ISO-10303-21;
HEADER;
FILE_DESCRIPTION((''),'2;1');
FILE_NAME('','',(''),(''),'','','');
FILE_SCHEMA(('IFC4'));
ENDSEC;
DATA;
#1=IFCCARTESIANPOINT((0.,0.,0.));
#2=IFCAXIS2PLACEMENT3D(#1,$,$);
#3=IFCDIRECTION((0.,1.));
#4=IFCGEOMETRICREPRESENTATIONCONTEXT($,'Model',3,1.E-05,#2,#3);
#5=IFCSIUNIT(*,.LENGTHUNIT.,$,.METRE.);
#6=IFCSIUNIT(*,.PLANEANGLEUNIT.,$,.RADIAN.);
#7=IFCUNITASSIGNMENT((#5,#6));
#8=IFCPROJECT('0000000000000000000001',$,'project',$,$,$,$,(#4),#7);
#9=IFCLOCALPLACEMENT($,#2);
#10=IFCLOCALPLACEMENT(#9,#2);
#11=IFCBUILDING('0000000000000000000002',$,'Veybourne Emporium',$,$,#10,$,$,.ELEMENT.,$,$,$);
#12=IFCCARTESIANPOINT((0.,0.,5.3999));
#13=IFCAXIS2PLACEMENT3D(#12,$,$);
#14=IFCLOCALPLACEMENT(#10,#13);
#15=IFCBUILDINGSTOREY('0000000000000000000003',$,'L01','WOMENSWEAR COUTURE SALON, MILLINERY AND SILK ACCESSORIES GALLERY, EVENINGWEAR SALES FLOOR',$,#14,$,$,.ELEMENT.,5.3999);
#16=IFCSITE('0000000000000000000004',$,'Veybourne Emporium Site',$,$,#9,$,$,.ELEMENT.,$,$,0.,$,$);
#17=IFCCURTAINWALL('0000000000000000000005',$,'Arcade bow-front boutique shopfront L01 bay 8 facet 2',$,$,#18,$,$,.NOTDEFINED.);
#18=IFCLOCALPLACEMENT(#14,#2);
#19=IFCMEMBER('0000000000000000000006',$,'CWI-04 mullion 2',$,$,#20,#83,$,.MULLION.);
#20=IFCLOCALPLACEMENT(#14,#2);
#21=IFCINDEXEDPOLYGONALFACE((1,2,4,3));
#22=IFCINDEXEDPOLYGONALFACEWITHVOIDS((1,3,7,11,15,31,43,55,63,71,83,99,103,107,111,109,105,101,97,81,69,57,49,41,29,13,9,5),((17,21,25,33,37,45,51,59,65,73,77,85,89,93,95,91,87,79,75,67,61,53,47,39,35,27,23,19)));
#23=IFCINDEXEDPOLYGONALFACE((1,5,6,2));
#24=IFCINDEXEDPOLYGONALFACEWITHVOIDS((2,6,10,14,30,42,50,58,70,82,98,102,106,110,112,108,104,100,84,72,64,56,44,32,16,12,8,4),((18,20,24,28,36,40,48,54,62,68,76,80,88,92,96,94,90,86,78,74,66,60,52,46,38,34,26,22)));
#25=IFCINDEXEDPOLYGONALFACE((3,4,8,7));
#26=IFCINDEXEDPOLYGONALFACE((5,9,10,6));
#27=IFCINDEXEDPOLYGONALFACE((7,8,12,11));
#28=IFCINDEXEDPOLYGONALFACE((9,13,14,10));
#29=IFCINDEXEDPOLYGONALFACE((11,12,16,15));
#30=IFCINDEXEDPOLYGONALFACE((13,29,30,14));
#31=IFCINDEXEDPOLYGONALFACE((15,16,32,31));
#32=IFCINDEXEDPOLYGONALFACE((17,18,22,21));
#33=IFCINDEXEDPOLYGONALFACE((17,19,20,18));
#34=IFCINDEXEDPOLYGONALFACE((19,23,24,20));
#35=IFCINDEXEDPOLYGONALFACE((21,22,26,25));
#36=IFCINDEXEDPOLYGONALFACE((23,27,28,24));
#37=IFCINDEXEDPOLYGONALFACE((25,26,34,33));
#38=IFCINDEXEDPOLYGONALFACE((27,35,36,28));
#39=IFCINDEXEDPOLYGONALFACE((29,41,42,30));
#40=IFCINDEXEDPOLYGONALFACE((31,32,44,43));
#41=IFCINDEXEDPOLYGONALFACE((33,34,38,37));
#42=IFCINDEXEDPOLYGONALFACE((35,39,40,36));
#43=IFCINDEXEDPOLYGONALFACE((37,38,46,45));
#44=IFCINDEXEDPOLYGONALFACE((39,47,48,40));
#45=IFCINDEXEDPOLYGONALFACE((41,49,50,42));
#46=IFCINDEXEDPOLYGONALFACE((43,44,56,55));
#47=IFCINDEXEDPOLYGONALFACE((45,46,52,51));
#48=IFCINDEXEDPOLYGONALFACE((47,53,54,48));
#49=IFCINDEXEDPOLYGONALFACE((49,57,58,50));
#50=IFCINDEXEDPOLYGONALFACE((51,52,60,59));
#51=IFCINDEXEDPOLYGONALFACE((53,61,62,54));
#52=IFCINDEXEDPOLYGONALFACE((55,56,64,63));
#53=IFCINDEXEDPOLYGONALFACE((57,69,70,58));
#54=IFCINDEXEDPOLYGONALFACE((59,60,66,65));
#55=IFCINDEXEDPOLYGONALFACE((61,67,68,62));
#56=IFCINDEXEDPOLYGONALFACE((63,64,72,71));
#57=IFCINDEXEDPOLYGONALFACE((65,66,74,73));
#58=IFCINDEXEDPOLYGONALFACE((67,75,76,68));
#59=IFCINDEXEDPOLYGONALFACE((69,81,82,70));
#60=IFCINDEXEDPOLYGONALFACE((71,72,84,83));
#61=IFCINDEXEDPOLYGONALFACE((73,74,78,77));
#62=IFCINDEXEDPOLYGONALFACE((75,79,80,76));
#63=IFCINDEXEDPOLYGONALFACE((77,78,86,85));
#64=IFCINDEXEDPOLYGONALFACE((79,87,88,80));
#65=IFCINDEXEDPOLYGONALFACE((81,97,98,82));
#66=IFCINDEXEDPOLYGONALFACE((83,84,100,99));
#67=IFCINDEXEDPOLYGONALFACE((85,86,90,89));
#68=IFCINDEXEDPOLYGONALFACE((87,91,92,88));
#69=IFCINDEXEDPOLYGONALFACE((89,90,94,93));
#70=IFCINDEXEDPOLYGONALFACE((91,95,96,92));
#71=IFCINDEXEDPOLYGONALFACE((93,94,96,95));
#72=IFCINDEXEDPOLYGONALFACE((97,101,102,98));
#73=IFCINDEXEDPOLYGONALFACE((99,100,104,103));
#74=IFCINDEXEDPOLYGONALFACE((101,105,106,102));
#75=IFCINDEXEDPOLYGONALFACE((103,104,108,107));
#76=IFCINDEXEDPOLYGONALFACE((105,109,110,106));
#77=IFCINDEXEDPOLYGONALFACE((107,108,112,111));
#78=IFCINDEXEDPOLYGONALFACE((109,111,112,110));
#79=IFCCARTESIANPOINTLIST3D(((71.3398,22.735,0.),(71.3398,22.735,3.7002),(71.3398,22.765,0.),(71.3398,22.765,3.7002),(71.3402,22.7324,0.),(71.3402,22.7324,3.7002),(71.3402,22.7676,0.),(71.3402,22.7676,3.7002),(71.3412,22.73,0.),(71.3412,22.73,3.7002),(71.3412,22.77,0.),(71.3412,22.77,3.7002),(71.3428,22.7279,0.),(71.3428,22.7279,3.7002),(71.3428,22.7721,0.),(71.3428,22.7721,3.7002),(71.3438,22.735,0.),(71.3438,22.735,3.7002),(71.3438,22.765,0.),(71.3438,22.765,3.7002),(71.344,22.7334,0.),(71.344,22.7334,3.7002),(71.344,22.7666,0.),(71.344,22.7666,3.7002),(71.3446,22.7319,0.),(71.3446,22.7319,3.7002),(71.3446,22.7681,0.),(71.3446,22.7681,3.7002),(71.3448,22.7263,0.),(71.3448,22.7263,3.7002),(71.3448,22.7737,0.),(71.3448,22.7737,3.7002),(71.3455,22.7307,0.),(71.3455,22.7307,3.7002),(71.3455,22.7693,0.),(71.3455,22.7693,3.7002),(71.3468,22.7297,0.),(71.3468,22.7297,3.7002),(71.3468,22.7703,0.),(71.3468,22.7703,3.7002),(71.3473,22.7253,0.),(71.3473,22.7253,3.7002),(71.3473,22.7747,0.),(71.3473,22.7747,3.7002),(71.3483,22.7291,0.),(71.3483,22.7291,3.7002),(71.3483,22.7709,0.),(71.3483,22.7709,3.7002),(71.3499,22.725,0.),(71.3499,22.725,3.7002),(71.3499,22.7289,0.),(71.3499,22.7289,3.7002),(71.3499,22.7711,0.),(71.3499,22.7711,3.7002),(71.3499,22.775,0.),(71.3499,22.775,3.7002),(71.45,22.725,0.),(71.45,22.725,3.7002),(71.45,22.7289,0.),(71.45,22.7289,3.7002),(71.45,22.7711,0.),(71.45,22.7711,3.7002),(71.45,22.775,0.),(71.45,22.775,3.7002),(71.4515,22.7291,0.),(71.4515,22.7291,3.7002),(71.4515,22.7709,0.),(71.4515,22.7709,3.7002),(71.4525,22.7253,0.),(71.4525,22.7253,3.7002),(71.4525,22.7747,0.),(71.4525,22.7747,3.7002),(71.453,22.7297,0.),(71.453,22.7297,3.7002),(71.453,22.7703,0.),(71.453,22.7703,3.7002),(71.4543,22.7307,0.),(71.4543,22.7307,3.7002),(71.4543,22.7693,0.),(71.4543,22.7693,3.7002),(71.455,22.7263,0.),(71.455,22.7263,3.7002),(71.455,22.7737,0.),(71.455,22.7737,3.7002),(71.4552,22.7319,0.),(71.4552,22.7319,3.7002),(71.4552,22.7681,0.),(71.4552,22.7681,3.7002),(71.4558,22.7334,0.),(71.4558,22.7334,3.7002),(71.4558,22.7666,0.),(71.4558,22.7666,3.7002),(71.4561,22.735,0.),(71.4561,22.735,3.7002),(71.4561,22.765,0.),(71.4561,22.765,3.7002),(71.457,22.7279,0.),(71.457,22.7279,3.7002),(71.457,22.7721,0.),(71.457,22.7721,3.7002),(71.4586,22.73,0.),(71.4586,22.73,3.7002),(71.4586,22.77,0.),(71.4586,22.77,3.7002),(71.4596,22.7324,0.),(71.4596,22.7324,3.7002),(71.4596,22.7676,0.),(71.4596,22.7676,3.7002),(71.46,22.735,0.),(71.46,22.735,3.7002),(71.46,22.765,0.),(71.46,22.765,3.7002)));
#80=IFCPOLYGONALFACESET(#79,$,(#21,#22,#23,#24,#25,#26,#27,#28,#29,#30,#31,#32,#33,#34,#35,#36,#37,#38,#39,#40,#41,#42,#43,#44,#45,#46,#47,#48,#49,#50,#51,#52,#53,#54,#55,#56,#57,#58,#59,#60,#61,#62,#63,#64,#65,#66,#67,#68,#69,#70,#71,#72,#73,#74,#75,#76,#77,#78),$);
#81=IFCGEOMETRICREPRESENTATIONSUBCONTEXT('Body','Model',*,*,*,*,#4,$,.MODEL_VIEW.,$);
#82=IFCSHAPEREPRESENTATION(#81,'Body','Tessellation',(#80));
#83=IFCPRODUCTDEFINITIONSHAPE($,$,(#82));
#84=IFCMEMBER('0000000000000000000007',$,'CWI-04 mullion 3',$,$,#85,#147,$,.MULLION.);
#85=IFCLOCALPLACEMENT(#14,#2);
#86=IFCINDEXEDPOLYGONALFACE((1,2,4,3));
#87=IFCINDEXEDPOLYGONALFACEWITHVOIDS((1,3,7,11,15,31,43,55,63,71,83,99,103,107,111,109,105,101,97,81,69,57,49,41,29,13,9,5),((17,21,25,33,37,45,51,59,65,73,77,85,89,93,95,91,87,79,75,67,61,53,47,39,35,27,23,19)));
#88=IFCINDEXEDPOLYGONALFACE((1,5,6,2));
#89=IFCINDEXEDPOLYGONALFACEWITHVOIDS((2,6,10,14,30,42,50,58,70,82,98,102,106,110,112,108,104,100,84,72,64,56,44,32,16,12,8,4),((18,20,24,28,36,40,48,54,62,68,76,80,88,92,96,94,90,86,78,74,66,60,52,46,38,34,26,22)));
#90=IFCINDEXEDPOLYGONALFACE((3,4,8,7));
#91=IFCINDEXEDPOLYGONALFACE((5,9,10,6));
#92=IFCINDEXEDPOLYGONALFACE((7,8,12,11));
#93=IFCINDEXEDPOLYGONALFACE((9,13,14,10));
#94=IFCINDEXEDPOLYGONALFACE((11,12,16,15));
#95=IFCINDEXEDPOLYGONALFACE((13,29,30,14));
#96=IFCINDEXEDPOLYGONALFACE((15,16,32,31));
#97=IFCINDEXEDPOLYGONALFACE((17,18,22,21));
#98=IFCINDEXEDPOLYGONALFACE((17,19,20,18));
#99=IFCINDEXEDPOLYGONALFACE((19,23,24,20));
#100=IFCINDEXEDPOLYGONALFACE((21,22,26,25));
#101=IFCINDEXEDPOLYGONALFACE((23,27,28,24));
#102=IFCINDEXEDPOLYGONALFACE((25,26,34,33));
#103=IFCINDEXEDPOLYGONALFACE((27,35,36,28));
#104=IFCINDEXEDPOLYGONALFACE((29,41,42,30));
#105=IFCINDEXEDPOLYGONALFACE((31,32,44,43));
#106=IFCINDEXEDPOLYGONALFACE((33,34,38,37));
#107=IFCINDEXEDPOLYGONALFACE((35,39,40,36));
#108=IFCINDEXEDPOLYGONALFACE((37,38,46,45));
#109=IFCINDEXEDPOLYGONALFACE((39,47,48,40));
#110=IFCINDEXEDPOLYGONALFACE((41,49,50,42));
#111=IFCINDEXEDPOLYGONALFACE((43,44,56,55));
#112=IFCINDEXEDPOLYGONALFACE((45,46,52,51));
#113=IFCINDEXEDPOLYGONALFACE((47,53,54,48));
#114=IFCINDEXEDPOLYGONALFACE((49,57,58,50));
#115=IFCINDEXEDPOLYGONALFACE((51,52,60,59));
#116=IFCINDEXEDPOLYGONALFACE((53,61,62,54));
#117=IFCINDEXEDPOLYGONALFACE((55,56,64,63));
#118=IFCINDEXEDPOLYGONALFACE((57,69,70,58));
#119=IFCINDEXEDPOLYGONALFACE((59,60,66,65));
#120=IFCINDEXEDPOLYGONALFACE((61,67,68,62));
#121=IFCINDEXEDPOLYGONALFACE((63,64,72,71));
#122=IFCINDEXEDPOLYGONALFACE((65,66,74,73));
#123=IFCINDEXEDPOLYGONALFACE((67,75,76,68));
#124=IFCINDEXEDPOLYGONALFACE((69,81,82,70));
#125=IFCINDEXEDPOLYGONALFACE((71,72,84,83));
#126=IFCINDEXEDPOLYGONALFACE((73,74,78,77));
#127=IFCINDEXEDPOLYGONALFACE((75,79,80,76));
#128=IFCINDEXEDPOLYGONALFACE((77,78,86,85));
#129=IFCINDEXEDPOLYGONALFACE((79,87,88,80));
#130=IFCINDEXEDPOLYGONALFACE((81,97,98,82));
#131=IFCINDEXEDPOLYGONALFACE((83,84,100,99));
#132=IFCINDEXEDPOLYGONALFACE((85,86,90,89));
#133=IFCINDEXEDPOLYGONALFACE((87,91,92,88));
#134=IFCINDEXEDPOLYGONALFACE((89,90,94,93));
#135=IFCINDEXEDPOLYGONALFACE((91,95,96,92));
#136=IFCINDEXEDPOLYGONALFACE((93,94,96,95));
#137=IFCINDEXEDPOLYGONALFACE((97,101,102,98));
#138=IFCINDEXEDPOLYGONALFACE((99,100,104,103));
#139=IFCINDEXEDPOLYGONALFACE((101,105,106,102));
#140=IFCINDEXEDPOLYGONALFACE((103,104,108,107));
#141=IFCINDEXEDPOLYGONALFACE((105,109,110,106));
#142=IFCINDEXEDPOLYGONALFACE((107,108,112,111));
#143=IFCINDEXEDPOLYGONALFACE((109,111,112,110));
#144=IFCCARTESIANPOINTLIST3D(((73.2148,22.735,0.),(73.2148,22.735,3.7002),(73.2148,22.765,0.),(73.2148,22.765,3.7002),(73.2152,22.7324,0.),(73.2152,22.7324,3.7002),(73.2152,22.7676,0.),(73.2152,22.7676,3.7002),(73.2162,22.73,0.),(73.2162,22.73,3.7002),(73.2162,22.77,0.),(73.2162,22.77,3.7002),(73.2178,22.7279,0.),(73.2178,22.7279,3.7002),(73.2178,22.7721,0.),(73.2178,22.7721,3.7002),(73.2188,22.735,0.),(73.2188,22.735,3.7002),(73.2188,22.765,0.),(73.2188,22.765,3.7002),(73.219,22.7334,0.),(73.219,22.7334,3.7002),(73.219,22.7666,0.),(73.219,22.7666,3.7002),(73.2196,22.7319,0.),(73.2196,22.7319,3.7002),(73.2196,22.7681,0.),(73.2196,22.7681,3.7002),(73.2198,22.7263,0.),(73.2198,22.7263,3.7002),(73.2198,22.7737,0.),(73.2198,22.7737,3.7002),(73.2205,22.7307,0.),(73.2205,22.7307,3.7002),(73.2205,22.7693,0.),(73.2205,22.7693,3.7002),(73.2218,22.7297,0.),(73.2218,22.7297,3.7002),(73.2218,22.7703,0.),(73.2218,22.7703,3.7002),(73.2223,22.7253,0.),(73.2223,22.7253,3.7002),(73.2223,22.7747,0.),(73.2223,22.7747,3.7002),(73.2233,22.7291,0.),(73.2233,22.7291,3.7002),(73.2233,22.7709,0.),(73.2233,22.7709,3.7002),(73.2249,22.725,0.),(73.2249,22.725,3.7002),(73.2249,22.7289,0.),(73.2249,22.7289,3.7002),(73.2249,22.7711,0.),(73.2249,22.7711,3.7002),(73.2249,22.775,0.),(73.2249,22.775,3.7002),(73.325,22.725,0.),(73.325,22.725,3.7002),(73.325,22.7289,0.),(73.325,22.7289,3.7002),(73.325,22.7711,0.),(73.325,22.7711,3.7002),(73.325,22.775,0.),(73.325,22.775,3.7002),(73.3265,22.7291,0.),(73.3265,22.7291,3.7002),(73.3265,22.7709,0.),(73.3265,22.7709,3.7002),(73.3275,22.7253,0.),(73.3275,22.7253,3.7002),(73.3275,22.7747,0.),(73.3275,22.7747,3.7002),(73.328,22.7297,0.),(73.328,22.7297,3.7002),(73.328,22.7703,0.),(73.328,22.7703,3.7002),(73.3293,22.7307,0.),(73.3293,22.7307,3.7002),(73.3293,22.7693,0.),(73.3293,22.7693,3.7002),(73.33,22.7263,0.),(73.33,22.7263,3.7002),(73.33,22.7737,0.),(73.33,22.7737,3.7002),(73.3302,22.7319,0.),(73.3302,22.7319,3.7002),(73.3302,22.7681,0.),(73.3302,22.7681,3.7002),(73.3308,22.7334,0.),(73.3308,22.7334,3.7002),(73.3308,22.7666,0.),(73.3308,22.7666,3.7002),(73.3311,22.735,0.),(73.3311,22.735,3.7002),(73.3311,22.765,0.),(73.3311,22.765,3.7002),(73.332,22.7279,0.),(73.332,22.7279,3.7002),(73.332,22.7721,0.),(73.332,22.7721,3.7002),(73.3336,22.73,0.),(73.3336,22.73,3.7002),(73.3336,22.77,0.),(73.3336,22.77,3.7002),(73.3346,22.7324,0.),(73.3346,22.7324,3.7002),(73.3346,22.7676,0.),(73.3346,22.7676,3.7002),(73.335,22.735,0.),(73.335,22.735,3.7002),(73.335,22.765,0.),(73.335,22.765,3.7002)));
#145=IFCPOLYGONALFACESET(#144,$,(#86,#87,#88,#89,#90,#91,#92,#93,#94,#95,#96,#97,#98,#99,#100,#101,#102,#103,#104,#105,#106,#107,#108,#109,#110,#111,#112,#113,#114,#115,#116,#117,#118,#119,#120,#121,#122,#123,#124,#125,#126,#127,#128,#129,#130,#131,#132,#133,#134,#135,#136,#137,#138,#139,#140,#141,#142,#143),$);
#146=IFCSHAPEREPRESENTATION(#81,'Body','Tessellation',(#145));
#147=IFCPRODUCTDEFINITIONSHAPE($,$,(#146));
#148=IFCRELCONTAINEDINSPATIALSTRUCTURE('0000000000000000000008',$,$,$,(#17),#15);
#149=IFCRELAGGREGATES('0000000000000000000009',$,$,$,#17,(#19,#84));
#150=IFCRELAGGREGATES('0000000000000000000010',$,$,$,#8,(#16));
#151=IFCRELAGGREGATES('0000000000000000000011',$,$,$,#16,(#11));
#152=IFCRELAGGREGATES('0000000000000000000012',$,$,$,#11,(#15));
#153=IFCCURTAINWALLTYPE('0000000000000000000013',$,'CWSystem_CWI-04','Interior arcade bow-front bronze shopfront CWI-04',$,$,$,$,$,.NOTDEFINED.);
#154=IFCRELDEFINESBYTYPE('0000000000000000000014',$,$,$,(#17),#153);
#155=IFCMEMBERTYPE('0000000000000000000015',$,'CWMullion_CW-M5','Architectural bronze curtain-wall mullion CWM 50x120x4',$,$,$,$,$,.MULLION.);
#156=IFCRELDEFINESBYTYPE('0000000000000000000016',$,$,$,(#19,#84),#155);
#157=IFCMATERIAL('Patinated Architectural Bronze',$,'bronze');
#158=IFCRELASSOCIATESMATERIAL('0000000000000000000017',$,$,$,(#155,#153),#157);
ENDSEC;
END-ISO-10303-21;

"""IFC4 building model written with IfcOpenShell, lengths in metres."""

from ifc_helpers import new_model, si_unit, direction, frame, origin, origin_2d, place, context, subcontext, project, spatial, hollow_rectangle, extrude, material, material_profile, profile_set, type_object, element, aggregate, save


model = new_model("IFC4")

# Units and contexts
model_context = context("Model", 3, precision=1e-05, world=origin(), true_north=direction((0.0, 1.0)))
body_context = subcontext(model_context, "Body", "Model", "MODEL_VIEW")
ifc_project = project(units=[si_unit("LENGTHUNIT", "METRE"), si_unit("PLANEANGLEUNIT", "RADIAN")], contexts=[model_context])

# Site, building, storey
site_placement = place(None, origin())
site = spatial("IfcSite", under=ifc_project, at=site_placement, Name="Veybourne Emporium Site", CompositionType="ELEMENT", RefElevation=0.0)
building_placement = place(site_placement, origin())
building = spatial("IfcBuilding", under=site, at=building_placement, Name="Veybourne Emporium", CompositionType="ELEMENT")
storey_placement = place(building_placement, frame((0.0, 0.0, 5.3999)))
storey = spatial("IfcBuildingStorey", under=building, at=storey_placement, Name="L01", Description="WOMENSWEAR COUTURE SALON, MILLINERY AND SILK ACCESSORIES GALLERY, EVENINGWEAR SALES FLOOR", CompositionType="ELEMENT", Elevation=5.3999)

# Shared definitions
ifc_material_1 = material(Name="Patinated Architectural Bronze", Category="bronze")
ifc_material_profile_1 = material_profile(ifc_material_1, hollow_rectangle(XDim=0.05, YDim=0.1201, WallThickness=0.0039, InnerFilletRadius=0.0061, OuterFilletRadius=0.01, at=origin_2d()), Name="CWM 50x120x4")
ifc_profile_set_1 = profile_set([ifc_material_profile_1], Name="Patinated Architectural Bronze")
member_type_1 = type_object("IfcMemberType", Name="CWMullion_CW-M5", Description="Architectural bronze curtain-wall mullion CWM 50x120x4", PredefinedType="MULLION", material=ifc_profile_set_1)

# Curtain wall, members
curtain_wall_type_1 = type_object("IfcCurtainWallType", Name="CWSystem_CWI-04", Description="Interior arcade bow-front bronze shopfront CWI-04", PredefinedType="NOTDEFINED", material=ifc_material_1)
curtain_wall_1_placement = place(storey_placement, origin())
curtain_wall_1 = element("IfcCurtainWall", 1, at=curtain_wall_1_placement, inside=storey, type_object=curtain_wall_type_1, Name="Arcade bow-front boutique shopfront L01 bay 8 facet 2", PredefinedType="NOTDEFINED")
member_1_placement = place(storey_placement, frame((71.3999, 22.75, 0.0), z_axis=(0.0, 0.0, 1.0), x_axis=(0.0, 1.0, 0.0)))
member_1 = element("IfcMember", 2, at=member_1_placement, type_object=member_type_1, Name="CWI-04 mullion 2", PredefinedType="MULLION", context=body_context, shape_type="SweptSolid", body=[
    extrude(hollow_rectangle(XDim=0.05, YDim=0.1201, WallThickness=0.0039, InnerFilletRadius=0.0061, OuterFilletRadius=0.01, at=origin_2d()), origin(), (0.0, 0.0, 1.0), 3.7002),
])
member_2_placement = place(storey_placement, frame((73.2749, 22.75, 0.0), z_axis=(0.0, 0.0, 1.0), x_axis=(0.0, 1.0, 0.0)))
member_2 = element("IfcMember", 3, at=member_2_placement, type_object=member_type_1, Name="CWI-04 mullion 3", PredefinedType="MULLION", context=body_context, shape_type="SweptSolid", body=[
    extrude(hollow_rectangle(XDim=0.05, YDim=0.1201, WallThickness=0.0039, InnerFilletRadius=0.0061, OuterFilletRadius=0.01, at=origin_2d()), origin(), (0.0, 0.0, 1.0), 3.7002),
])

aggregate(curtain_wall_1, [member_1, member_2])

save(model, "model.ifc")
